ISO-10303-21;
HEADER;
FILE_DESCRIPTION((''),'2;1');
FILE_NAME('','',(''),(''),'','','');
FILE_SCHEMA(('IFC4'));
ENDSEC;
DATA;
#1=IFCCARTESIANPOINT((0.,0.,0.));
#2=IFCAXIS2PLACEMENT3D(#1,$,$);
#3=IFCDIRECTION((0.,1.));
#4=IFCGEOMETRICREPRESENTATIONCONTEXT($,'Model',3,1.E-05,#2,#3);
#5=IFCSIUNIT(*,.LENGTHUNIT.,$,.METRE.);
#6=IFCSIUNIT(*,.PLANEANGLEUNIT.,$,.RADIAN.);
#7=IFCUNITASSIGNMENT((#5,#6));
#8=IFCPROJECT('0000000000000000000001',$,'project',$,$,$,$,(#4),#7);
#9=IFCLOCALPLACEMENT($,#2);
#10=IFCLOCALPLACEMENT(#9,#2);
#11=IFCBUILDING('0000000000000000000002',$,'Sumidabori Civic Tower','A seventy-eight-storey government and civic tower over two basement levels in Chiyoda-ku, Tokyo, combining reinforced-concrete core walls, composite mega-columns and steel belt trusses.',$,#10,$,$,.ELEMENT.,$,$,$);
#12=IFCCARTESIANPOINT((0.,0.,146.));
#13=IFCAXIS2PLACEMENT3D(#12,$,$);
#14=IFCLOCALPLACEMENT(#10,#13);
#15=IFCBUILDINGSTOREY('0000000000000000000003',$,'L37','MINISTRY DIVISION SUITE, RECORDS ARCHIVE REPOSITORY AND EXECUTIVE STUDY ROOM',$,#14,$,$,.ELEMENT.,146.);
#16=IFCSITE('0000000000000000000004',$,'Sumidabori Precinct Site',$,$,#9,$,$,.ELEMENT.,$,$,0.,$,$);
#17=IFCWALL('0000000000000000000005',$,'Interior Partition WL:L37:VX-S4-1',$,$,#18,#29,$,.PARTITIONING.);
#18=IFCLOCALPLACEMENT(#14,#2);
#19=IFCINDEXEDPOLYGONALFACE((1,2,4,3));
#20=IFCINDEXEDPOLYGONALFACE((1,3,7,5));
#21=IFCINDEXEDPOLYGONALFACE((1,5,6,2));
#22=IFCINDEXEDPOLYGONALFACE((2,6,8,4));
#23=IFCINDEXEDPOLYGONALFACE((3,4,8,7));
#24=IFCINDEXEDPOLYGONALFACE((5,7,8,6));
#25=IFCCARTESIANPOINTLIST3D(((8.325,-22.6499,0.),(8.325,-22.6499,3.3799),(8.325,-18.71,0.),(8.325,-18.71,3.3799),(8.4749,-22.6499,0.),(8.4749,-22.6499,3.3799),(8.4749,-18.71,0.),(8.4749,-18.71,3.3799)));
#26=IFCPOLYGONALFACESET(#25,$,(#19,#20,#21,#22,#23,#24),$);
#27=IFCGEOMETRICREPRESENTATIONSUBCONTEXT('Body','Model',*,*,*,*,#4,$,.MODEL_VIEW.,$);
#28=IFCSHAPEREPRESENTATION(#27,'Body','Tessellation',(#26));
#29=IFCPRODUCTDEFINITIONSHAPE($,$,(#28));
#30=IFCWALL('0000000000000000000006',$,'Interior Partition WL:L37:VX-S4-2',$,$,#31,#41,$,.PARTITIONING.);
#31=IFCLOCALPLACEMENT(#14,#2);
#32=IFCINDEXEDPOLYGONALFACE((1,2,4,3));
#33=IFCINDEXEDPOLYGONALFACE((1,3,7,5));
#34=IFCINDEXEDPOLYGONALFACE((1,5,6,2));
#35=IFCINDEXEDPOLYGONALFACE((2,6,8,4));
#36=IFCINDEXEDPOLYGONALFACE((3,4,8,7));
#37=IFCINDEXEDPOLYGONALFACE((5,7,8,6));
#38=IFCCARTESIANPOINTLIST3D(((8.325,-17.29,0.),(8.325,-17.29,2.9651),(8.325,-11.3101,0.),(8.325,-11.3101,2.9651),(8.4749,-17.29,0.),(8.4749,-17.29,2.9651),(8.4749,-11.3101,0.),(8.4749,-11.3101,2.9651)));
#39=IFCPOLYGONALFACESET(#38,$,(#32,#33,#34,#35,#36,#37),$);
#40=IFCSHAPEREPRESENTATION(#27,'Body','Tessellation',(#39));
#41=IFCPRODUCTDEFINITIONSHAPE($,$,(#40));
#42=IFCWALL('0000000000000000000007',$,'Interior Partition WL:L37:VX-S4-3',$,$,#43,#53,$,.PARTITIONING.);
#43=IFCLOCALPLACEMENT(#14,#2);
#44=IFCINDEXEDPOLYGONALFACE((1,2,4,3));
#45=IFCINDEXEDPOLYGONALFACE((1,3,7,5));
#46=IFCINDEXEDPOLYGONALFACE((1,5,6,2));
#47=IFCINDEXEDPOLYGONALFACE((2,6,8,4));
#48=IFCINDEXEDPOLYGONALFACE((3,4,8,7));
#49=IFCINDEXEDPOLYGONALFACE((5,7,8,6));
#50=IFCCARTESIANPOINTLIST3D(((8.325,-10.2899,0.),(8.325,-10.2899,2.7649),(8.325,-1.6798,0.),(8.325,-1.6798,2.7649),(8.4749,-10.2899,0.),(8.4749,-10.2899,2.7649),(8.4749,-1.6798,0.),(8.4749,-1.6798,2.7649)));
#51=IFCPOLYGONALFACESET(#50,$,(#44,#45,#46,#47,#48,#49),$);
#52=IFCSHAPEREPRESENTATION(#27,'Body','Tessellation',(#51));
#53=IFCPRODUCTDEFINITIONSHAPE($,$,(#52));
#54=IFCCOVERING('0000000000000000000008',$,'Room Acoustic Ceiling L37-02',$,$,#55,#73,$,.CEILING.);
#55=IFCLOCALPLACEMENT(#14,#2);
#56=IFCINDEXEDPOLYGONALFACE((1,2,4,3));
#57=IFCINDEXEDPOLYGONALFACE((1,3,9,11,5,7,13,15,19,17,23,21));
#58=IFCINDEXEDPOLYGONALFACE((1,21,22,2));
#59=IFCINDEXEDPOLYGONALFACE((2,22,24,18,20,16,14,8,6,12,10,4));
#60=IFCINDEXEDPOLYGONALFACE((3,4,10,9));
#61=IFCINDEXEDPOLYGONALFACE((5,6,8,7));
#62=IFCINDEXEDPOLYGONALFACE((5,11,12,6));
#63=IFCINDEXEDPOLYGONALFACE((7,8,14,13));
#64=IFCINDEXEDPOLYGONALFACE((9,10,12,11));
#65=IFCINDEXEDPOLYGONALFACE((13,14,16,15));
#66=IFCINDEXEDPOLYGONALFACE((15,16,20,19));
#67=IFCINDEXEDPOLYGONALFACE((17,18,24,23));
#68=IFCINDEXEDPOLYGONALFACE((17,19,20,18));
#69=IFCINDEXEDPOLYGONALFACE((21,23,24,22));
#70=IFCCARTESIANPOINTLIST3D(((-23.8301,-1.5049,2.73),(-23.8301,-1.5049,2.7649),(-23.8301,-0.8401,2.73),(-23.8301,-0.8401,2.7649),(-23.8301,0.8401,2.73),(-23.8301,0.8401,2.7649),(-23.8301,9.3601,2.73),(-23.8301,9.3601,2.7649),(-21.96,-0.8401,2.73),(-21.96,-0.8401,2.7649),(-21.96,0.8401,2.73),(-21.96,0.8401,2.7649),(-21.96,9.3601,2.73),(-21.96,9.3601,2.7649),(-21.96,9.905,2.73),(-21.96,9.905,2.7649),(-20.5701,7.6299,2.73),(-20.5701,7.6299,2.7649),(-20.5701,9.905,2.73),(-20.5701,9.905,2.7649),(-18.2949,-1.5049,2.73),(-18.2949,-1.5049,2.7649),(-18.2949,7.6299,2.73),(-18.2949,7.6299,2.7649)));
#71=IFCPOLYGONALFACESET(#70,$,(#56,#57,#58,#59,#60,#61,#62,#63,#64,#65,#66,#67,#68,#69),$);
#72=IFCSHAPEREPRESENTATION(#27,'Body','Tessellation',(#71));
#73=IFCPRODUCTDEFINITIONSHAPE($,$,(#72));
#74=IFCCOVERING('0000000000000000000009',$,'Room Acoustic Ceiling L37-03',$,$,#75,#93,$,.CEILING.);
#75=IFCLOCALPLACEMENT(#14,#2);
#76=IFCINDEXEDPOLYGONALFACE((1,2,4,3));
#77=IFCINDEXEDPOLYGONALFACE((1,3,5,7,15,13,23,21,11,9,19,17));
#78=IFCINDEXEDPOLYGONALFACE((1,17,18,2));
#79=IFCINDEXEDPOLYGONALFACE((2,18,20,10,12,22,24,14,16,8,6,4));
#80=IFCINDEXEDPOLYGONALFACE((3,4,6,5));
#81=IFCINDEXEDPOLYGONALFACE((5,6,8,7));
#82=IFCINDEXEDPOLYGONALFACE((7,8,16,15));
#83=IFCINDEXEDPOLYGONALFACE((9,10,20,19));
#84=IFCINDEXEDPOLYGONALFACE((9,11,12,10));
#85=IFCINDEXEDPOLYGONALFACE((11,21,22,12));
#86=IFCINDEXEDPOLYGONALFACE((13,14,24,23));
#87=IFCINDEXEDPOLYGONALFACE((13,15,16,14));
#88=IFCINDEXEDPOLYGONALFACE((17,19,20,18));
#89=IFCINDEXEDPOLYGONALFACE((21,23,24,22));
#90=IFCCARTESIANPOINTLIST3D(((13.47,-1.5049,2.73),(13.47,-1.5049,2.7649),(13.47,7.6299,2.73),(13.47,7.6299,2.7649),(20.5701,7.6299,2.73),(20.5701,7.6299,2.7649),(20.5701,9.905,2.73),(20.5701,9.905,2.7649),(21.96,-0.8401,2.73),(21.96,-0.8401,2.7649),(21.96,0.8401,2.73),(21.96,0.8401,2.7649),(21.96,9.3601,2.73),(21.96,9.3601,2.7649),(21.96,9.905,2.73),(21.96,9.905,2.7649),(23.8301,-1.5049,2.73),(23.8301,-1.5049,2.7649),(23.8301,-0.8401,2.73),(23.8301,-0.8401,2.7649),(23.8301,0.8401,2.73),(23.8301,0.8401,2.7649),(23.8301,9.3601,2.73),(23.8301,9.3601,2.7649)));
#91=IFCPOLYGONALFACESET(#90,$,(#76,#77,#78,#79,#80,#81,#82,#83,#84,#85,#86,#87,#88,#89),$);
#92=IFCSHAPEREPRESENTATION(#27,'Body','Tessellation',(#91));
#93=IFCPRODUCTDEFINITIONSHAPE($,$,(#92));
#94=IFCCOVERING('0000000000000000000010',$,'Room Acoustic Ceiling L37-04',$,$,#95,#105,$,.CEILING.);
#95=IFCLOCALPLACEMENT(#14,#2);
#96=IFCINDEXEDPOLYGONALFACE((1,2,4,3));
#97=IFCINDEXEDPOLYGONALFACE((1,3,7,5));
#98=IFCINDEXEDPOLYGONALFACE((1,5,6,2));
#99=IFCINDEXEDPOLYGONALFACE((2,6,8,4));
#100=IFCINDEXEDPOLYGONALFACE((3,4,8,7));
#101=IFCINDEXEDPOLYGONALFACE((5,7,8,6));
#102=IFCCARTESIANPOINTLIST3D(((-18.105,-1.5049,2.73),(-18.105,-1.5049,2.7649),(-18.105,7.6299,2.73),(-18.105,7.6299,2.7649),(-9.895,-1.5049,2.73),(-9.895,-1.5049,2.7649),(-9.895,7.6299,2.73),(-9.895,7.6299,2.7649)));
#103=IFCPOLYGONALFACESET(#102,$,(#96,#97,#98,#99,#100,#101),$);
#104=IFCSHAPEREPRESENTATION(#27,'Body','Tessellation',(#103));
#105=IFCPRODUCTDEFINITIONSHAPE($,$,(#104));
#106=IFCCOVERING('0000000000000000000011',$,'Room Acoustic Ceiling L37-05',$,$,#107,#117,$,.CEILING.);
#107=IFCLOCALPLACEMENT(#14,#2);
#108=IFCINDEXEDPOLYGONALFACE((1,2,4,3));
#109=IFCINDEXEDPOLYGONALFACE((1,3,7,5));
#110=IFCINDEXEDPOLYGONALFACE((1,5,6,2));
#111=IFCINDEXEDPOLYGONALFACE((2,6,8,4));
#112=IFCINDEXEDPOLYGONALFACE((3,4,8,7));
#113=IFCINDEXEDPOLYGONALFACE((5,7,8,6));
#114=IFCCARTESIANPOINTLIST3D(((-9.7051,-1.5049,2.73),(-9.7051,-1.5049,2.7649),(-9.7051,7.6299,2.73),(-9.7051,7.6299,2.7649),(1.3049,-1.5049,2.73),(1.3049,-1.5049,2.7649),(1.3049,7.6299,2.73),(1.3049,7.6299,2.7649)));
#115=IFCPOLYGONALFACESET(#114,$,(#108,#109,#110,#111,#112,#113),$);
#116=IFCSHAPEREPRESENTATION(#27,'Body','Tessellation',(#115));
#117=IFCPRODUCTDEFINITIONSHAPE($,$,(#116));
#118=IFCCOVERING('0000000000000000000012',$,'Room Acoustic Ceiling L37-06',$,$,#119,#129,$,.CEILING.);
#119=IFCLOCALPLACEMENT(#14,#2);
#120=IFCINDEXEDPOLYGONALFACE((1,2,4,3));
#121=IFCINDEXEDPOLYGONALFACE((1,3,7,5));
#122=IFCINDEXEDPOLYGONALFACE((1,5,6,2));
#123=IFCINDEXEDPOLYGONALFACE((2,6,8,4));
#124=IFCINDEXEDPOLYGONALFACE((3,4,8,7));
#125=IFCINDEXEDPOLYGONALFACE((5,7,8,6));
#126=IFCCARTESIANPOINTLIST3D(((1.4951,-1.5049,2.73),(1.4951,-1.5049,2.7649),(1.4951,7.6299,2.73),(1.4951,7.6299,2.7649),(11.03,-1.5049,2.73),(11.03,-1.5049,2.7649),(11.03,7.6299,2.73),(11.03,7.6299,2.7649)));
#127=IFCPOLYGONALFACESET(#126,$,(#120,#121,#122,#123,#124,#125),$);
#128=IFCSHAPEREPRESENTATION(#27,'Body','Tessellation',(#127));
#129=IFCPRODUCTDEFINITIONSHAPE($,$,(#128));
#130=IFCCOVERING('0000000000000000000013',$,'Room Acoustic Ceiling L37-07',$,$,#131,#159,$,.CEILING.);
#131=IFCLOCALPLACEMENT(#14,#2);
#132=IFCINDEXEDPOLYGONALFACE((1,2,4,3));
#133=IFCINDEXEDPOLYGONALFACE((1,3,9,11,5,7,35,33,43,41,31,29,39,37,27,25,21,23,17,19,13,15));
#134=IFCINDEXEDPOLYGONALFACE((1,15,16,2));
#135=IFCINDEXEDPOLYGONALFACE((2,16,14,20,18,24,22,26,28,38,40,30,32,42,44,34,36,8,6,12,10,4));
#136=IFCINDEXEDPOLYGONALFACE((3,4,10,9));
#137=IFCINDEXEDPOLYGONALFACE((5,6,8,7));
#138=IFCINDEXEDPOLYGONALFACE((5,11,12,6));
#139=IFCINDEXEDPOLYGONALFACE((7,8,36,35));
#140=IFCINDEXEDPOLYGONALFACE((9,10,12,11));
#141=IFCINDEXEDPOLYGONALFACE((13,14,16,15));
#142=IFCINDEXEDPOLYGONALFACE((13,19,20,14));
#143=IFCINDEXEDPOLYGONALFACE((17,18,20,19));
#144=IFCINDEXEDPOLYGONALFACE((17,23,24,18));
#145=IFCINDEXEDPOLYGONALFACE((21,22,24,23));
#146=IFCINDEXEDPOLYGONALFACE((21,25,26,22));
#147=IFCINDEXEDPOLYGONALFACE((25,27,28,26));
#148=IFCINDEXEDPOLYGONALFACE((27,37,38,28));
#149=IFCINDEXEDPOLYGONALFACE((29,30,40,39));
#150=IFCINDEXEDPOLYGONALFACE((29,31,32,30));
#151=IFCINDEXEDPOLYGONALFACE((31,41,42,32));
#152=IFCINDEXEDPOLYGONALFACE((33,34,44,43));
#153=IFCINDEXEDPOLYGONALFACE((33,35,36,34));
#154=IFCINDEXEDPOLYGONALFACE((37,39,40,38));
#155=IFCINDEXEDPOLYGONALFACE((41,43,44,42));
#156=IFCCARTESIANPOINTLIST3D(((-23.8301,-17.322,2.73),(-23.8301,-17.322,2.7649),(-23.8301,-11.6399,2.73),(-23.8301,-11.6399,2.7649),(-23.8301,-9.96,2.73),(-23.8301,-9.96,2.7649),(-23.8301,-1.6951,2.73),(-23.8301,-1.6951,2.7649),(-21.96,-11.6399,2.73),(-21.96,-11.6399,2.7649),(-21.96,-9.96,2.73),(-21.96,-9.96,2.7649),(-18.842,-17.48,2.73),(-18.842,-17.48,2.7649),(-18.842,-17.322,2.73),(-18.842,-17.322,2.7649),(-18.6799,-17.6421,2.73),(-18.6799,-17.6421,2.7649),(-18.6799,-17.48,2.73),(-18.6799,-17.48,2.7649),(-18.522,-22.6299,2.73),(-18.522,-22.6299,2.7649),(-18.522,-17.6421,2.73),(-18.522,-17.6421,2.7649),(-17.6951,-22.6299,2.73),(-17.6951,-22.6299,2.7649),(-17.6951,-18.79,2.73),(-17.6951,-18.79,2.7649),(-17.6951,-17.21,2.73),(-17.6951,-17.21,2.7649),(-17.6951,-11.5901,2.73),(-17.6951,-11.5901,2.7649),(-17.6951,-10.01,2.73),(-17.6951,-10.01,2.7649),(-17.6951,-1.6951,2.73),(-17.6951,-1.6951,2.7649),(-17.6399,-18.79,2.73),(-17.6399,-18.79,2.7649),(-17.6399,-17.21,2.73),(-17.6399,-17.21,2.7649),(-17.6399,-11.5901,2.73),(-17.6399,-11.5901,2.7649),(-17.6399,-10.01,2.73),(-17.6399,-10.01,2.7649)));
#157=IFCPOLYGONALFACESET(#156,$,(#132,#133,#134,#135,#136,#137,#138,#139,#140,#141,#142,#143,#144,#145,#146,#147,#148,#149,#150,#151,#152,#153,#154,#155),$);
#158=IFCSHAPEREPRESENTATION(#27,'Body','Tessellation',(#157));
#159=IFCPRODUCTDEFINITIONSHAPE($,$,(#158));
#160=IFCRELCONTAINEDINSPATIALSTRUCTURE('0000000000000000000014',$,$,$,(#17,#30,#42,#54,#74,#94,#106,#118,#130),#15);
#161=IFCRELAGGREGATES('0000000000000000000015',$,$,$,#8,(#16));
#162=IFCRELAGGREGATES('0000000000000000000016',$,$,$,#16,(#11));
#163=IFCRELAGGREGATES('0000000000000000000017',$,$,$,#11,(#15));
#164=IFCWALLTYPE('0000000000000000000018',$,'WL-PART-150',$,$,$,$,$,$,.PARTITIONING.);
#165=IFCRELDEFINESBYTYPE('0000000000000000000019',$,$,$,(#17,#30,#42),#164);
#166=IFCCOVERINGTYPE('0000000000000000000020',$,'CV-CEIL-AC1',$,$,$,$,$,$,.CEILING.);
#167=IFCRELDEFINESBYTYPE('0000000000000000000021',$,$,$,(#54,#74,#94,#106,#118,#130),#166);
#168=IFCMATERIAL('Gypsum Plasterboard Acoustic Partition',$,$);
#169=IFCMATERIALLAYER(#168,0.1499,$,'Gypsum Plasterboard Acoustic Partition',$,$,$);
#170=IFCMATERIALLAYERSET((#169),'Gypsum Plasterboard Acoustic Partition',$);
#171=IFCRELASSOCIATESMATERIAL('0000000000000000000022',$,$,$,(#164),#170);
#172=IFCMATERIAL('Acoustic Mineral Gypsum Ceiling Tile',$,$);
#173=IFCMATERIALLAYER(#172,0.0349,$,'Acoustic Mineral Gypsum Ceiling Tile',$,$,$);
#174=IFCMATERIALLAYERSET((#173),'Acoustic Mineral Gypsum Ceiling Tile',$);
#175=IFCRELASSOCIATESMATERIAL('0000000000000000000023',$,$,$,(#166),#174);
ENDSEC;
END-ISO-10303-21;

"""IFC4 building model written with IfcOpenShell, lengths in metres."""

from ifc_helpers import new_model, si_unit, direction, frame, frame_2d, origin, place, context, subcontext, project, spatial, polyline, rectangle, outline, extrude, source, transform, mapped, material, layer, layer_set, type_object, element, save


model = new_model("IFC4")

# Units and contexts
model_context = context("Model", 3, precision=1e-05, world=origin(), true_north=direction((0.0, 1.0)))
body_context = subcontext(model_context, "Body", "Model", "MODEL_VIEW")
ifc_project = project(units=[si_unit("LENGTHUNIT", "METRE"), si_unit("PLANEANGLEUNIT", "RADIAN")], contexts=[model_context])

# Site, building, storey
site_placement = place(None, origin())
site = spatial("IfcSite", under=ifc_project, at=site_placement, Name="Sumidabori Precinct Site", CompositionType="ELEMENT", RefElevation=0.0)
building_placement = place(site_placement, origin())
building = spatial("IfcBuilding", under=site, at=building_placement, Name="Sumidabori Civic Tower", Description="A seventy-eight-storey government and civic tower over two basement levels in Chiyoda-ku, Tokyo, combining reinforced-concrete core walls, composite mega-columns and steel belt trusses.", CompositionType="ELEMENT")
storey_placement = place(building_placement, frame((0.0, 0.0, 146.0)))
storey = spatial("IfcBuildingStorey", under=building, at=storey_placement, Name="L37", Description="MINISTRY DIVISION SUITE, RECORDS ARCHIVE REPOSITORY AND EXECUTIVE STUDY ROOM", CompositionType="ELEMENT", Elevation=146.0)

# Walls
ifc_material_1 = material(Name="Gypsum Plasterboard Acoustic Partition")
ifc_layer_1 = layer(ifc_material_1, 0.1499, Name="Gypsum Plasterboard Acoustic Partition")
ifc_layer_set_1 = layer_set([ifc_layer_1], Name="Gypsum Plasterboard Acoustic Partition")
wall_type = type_object("IfcWallType", Name="WL-PART-150", PredefinedType="PARTITIONING", material=ifc_layer_set_1)
shared_shape_1 = source(origin(), body_context, "Body", "SweptSolid", [
    extrude(rectangle(XDim=3.9399, YDim=0.1499, at=frame_2d((1.97, 0.0))), origin(), (0.0, 0.0, 1.0), 3.3799),
])
wall_1_placement = place(storey_placement, frame((8.3999, -22.6499, 0.0), z_axis=(0.0, 0.0, 1.0), x_axis=(0.0, 1.0, 0.0)))
element("IfcWall", 1, at=wall_1_placement, inside=storey, type_object=wall_type, Name="Interior Partition WL:L37:VX-S4-1", PredefinedType="PARTITIONING", context=body_context, shape_type="MappedRepresentation", body=[
    mapped(shared_shape_1, transform((0.0, 0.0, 0.0), x_axis=(1.0, 0.0, 0.0), y_axis=(0.0, 1.0, 0.0), z_axis=(0.0, 0.0, 1.0), scale=1.0)),
])
shared_shape_2 = source(origin(), body_context, "Body", "SweptSolid", [
    extrude(rectangle(XDim=5.98, YDim=0.1499, at=frame_2d((2.99, 0.0))), origin(), (0.0, 0.0, 1.0), 2.9651),
])
wall_2_placement = place(storey_placement, frame((8.3999, -17.29, 0.0), z_axis=(0.0, 0.0, 1.0), x_axis=(0.0, 1.0, 0.0)))
element("IfcWall", 2, at=wall_2_placement, inside=storey, type_object=wall_type, Name="Interior Partition WL:L37:VX-S4-2", PredefinedType="PARTITIONING", context=body_context, shape_type="MappedRepresentation", body=[
    mapped(shared_shape_2, transform((0.0, 0.0, 0.0), x_axis=(1.0, 0.0, 0.0), y_axis=(0.0, 1.0, 0.0), z_axis=(0.0, 0.0, 1.0), scale=1.0)),
])
shared_shape_3 = source(origin(), body_context, "Body", "SweptSolid", [
    extrude(rectangle(XDim=8.6101, YDim=0.1499, at=frame_2d((4.3052, 0.0))), origin(), (0.0, 0.0, 1.0), 2.7649),
])
wall_3_placement = place(storey_placement, frame((8.3999, -10.29, 0.0), z_axis=(0.0, 0.0, 1.0), x_axis=(0.0, 1.0, 0.0)))
element("IfcWall", 3, at=wall_3_placement, inside=storey, type_object=wall_type, Name="Interior Partition WL:L37:VX-S4-3", PredefinedType="PARTITIONING", context=body_context, shape_type="MappedRepresentation", body=[
    mapped(shared_shape_3, transform((0.0, 0.0, 0.0), x_axis=(1.0, 0.0, 0.0), y_axis=(0.0, 1.0, 0.0), z_axis=(0.0, 0.0, 1.0), scale=1.0)),
])

# Coverings
ifc_material_2 = material(Name="Acoustic Mineral Gypsum Ceiling Tile")
ifc_layer_2 = layer(ifc_material_2, 0.0349, Name="Acoustic Mineral Gypsum Ceiling Tile")
ifc_layer_set_2 = layer_set([ifc_layer_2], Name="Acoustic Mineral Gypsum Ceiling Tile")
covering_type_1 = type_object("IfcCoveringType", Name="CV-CEIL-AC1", PredefinedType="CEILING", material=ifc_layer_set_2)
covering_1_placement = place(storey_placement, frame((0.0, 0.0, 2.73)))
element("IfcCovering", 4, at=covering_1_placement, inside=storey, type_object=covering_type_1, Name="Room Acoustic Ceiling L37-02", PredefinedType="CEILING", context=body_context, shape_type="SweptSolid", body=[
    extrude(outline(polyline([(-21.96, 9.3601), (-21.96, 9.905), (-20.5701, 9.905), (-20.5701, 7.6299), (-18.2949, 7.6299), (-18.2949, -1.5049), (-23.8301, -1.5049), (-23.8301, -0.8401), (-21.96, -0.8401), (-21.96, 0.8401), (-23.8301, 0.8401), (-23.8301, 9.3601), (-21.96, 9.3601)])), origin(), (0.0, 0.0, 1.0), 0.0349),
])
covering_2_placement = place(storey_placement, frame((0.0, 0.0, 2.73)))
element("IfcCovering", 5, at=covering_2_placement, inside=storey, type_object=covering_type_1, Name="Room Acoustic Ceiling L37-03", PredefinedType="CEILING", context=body_context, shape_type="SweptSolid", body=[
    extrude(outline(polyline([(13.47, 7.6299), (20.5701, 7.6299), (20.5701, 9.905), (21.96, 9.905), (21.96, 9.3601), (23.8301, 9.3601), (23.8301, 0.8401), (21.96, 0.8401), (21.96, -0.8401), (23.8301, -0.8401), (23.8301, -1.5049), (13.47, -1.5049), (13.47, 7.6299)])), origin(), (0.0, 0.0, 1.0), 0.0349),
])
covering_3_placement = place(storey_placement, frame((0.0, 0.0, 2.73)))
element("IfcCovering", 6, at=covering_3_placement, inside=storey, type_object=covering_type_1, Name="Room Acoustic Ceiling L37-04", PredefinedType="CEILING", context=body_context, shape_type="SweptSolid", body=[
    extrude(outline(polyline([(-18.105, 7.6299), (-9.895, 7.6299), (-9.895, -1.5049), (-18.105, -1.5049), (-18.105, 7.6299)])), origin(), (0.0, 0.0, 1.0), 0.0349),
])
covering_4_placement = place(storey_placement, frame((0.0, 0.0, 2.73)))
element("IfcCovering", 7, at=covering_4_placement, inside=storey, type_object=covering_type_1, Name="Room Acoustic Ceiling L37-05", PredefinedType="CEILING", context=body_context, shape_type="SweptSolid", body=[
    extrude(outline(polyline([(-9.7051, 7.6299), (1.3049, 7.6299), (1.3049, -1.5049), (-9.7051, -1.5049), (-9.7051, 7.6299)])), origin(), (0.0, 0.0, 1.0), 0.0349),
])
covering_5_placement = place(storey_placement, frame((0.0, 0.0, 2.73)))
element("IfcCovering", 8, at=covering_5_placement, inside=storey, type_object=covering_type_1, Name="Room Acoustic Ceiling L37-06", PredefinedType="CEILING", context=body_context, shape_type="SweptSolid", body=[
    extrude(outline(polyline([(1.4951, 7.6299), (11.03, 7.6299), (11.03, -1.5049), (1.4951, -1.5049), (1.4951, 7.6299)])), origin(), (0.0, 0.0, 1.0), 0.0349),
])
covering_6_placement = place(storey_placement, frame((0.0, 0.0, 2.73)))
element("IfcCovering", 9, at=covering_6_placement, inside=storey, type_object=covering_type_1, Name="Room Acoustic Ceiling L37-07", PredefinedType="CEILING", context=body_context, shape_type="SweptSolid", body=[
    extrude(outline(polyline([(-21.96, -11.6399), (-21.96, -9.96), (-23.8301, -9.96), (-23.8301, -1.6951), (-17.6951, -1.6951), (-17.6951, -10.01), (-17.6399, -10.01), (-17.6399, -11.5901), (-17.6951, -11.5901), (-17.6951, -17.21), (-17.6399, -17.21), (-17.6399, -18.79), (-17.6951, -18.79), (-17.6951, -22.6299), (-18.522, -22.6299), (-18.522, -17.6421), (-18.6799, -17.6421), (-18.6799, -17.48), (-18.842, -17.48), (-18.842, -17.322), (-23.8301, -17.322), (-23.8301, -11.6399), (-21.96, -11.6399)])), origin(), (0.0, 0.0, 1.0), 0.0349),
])

save(model, "model.ifc")
